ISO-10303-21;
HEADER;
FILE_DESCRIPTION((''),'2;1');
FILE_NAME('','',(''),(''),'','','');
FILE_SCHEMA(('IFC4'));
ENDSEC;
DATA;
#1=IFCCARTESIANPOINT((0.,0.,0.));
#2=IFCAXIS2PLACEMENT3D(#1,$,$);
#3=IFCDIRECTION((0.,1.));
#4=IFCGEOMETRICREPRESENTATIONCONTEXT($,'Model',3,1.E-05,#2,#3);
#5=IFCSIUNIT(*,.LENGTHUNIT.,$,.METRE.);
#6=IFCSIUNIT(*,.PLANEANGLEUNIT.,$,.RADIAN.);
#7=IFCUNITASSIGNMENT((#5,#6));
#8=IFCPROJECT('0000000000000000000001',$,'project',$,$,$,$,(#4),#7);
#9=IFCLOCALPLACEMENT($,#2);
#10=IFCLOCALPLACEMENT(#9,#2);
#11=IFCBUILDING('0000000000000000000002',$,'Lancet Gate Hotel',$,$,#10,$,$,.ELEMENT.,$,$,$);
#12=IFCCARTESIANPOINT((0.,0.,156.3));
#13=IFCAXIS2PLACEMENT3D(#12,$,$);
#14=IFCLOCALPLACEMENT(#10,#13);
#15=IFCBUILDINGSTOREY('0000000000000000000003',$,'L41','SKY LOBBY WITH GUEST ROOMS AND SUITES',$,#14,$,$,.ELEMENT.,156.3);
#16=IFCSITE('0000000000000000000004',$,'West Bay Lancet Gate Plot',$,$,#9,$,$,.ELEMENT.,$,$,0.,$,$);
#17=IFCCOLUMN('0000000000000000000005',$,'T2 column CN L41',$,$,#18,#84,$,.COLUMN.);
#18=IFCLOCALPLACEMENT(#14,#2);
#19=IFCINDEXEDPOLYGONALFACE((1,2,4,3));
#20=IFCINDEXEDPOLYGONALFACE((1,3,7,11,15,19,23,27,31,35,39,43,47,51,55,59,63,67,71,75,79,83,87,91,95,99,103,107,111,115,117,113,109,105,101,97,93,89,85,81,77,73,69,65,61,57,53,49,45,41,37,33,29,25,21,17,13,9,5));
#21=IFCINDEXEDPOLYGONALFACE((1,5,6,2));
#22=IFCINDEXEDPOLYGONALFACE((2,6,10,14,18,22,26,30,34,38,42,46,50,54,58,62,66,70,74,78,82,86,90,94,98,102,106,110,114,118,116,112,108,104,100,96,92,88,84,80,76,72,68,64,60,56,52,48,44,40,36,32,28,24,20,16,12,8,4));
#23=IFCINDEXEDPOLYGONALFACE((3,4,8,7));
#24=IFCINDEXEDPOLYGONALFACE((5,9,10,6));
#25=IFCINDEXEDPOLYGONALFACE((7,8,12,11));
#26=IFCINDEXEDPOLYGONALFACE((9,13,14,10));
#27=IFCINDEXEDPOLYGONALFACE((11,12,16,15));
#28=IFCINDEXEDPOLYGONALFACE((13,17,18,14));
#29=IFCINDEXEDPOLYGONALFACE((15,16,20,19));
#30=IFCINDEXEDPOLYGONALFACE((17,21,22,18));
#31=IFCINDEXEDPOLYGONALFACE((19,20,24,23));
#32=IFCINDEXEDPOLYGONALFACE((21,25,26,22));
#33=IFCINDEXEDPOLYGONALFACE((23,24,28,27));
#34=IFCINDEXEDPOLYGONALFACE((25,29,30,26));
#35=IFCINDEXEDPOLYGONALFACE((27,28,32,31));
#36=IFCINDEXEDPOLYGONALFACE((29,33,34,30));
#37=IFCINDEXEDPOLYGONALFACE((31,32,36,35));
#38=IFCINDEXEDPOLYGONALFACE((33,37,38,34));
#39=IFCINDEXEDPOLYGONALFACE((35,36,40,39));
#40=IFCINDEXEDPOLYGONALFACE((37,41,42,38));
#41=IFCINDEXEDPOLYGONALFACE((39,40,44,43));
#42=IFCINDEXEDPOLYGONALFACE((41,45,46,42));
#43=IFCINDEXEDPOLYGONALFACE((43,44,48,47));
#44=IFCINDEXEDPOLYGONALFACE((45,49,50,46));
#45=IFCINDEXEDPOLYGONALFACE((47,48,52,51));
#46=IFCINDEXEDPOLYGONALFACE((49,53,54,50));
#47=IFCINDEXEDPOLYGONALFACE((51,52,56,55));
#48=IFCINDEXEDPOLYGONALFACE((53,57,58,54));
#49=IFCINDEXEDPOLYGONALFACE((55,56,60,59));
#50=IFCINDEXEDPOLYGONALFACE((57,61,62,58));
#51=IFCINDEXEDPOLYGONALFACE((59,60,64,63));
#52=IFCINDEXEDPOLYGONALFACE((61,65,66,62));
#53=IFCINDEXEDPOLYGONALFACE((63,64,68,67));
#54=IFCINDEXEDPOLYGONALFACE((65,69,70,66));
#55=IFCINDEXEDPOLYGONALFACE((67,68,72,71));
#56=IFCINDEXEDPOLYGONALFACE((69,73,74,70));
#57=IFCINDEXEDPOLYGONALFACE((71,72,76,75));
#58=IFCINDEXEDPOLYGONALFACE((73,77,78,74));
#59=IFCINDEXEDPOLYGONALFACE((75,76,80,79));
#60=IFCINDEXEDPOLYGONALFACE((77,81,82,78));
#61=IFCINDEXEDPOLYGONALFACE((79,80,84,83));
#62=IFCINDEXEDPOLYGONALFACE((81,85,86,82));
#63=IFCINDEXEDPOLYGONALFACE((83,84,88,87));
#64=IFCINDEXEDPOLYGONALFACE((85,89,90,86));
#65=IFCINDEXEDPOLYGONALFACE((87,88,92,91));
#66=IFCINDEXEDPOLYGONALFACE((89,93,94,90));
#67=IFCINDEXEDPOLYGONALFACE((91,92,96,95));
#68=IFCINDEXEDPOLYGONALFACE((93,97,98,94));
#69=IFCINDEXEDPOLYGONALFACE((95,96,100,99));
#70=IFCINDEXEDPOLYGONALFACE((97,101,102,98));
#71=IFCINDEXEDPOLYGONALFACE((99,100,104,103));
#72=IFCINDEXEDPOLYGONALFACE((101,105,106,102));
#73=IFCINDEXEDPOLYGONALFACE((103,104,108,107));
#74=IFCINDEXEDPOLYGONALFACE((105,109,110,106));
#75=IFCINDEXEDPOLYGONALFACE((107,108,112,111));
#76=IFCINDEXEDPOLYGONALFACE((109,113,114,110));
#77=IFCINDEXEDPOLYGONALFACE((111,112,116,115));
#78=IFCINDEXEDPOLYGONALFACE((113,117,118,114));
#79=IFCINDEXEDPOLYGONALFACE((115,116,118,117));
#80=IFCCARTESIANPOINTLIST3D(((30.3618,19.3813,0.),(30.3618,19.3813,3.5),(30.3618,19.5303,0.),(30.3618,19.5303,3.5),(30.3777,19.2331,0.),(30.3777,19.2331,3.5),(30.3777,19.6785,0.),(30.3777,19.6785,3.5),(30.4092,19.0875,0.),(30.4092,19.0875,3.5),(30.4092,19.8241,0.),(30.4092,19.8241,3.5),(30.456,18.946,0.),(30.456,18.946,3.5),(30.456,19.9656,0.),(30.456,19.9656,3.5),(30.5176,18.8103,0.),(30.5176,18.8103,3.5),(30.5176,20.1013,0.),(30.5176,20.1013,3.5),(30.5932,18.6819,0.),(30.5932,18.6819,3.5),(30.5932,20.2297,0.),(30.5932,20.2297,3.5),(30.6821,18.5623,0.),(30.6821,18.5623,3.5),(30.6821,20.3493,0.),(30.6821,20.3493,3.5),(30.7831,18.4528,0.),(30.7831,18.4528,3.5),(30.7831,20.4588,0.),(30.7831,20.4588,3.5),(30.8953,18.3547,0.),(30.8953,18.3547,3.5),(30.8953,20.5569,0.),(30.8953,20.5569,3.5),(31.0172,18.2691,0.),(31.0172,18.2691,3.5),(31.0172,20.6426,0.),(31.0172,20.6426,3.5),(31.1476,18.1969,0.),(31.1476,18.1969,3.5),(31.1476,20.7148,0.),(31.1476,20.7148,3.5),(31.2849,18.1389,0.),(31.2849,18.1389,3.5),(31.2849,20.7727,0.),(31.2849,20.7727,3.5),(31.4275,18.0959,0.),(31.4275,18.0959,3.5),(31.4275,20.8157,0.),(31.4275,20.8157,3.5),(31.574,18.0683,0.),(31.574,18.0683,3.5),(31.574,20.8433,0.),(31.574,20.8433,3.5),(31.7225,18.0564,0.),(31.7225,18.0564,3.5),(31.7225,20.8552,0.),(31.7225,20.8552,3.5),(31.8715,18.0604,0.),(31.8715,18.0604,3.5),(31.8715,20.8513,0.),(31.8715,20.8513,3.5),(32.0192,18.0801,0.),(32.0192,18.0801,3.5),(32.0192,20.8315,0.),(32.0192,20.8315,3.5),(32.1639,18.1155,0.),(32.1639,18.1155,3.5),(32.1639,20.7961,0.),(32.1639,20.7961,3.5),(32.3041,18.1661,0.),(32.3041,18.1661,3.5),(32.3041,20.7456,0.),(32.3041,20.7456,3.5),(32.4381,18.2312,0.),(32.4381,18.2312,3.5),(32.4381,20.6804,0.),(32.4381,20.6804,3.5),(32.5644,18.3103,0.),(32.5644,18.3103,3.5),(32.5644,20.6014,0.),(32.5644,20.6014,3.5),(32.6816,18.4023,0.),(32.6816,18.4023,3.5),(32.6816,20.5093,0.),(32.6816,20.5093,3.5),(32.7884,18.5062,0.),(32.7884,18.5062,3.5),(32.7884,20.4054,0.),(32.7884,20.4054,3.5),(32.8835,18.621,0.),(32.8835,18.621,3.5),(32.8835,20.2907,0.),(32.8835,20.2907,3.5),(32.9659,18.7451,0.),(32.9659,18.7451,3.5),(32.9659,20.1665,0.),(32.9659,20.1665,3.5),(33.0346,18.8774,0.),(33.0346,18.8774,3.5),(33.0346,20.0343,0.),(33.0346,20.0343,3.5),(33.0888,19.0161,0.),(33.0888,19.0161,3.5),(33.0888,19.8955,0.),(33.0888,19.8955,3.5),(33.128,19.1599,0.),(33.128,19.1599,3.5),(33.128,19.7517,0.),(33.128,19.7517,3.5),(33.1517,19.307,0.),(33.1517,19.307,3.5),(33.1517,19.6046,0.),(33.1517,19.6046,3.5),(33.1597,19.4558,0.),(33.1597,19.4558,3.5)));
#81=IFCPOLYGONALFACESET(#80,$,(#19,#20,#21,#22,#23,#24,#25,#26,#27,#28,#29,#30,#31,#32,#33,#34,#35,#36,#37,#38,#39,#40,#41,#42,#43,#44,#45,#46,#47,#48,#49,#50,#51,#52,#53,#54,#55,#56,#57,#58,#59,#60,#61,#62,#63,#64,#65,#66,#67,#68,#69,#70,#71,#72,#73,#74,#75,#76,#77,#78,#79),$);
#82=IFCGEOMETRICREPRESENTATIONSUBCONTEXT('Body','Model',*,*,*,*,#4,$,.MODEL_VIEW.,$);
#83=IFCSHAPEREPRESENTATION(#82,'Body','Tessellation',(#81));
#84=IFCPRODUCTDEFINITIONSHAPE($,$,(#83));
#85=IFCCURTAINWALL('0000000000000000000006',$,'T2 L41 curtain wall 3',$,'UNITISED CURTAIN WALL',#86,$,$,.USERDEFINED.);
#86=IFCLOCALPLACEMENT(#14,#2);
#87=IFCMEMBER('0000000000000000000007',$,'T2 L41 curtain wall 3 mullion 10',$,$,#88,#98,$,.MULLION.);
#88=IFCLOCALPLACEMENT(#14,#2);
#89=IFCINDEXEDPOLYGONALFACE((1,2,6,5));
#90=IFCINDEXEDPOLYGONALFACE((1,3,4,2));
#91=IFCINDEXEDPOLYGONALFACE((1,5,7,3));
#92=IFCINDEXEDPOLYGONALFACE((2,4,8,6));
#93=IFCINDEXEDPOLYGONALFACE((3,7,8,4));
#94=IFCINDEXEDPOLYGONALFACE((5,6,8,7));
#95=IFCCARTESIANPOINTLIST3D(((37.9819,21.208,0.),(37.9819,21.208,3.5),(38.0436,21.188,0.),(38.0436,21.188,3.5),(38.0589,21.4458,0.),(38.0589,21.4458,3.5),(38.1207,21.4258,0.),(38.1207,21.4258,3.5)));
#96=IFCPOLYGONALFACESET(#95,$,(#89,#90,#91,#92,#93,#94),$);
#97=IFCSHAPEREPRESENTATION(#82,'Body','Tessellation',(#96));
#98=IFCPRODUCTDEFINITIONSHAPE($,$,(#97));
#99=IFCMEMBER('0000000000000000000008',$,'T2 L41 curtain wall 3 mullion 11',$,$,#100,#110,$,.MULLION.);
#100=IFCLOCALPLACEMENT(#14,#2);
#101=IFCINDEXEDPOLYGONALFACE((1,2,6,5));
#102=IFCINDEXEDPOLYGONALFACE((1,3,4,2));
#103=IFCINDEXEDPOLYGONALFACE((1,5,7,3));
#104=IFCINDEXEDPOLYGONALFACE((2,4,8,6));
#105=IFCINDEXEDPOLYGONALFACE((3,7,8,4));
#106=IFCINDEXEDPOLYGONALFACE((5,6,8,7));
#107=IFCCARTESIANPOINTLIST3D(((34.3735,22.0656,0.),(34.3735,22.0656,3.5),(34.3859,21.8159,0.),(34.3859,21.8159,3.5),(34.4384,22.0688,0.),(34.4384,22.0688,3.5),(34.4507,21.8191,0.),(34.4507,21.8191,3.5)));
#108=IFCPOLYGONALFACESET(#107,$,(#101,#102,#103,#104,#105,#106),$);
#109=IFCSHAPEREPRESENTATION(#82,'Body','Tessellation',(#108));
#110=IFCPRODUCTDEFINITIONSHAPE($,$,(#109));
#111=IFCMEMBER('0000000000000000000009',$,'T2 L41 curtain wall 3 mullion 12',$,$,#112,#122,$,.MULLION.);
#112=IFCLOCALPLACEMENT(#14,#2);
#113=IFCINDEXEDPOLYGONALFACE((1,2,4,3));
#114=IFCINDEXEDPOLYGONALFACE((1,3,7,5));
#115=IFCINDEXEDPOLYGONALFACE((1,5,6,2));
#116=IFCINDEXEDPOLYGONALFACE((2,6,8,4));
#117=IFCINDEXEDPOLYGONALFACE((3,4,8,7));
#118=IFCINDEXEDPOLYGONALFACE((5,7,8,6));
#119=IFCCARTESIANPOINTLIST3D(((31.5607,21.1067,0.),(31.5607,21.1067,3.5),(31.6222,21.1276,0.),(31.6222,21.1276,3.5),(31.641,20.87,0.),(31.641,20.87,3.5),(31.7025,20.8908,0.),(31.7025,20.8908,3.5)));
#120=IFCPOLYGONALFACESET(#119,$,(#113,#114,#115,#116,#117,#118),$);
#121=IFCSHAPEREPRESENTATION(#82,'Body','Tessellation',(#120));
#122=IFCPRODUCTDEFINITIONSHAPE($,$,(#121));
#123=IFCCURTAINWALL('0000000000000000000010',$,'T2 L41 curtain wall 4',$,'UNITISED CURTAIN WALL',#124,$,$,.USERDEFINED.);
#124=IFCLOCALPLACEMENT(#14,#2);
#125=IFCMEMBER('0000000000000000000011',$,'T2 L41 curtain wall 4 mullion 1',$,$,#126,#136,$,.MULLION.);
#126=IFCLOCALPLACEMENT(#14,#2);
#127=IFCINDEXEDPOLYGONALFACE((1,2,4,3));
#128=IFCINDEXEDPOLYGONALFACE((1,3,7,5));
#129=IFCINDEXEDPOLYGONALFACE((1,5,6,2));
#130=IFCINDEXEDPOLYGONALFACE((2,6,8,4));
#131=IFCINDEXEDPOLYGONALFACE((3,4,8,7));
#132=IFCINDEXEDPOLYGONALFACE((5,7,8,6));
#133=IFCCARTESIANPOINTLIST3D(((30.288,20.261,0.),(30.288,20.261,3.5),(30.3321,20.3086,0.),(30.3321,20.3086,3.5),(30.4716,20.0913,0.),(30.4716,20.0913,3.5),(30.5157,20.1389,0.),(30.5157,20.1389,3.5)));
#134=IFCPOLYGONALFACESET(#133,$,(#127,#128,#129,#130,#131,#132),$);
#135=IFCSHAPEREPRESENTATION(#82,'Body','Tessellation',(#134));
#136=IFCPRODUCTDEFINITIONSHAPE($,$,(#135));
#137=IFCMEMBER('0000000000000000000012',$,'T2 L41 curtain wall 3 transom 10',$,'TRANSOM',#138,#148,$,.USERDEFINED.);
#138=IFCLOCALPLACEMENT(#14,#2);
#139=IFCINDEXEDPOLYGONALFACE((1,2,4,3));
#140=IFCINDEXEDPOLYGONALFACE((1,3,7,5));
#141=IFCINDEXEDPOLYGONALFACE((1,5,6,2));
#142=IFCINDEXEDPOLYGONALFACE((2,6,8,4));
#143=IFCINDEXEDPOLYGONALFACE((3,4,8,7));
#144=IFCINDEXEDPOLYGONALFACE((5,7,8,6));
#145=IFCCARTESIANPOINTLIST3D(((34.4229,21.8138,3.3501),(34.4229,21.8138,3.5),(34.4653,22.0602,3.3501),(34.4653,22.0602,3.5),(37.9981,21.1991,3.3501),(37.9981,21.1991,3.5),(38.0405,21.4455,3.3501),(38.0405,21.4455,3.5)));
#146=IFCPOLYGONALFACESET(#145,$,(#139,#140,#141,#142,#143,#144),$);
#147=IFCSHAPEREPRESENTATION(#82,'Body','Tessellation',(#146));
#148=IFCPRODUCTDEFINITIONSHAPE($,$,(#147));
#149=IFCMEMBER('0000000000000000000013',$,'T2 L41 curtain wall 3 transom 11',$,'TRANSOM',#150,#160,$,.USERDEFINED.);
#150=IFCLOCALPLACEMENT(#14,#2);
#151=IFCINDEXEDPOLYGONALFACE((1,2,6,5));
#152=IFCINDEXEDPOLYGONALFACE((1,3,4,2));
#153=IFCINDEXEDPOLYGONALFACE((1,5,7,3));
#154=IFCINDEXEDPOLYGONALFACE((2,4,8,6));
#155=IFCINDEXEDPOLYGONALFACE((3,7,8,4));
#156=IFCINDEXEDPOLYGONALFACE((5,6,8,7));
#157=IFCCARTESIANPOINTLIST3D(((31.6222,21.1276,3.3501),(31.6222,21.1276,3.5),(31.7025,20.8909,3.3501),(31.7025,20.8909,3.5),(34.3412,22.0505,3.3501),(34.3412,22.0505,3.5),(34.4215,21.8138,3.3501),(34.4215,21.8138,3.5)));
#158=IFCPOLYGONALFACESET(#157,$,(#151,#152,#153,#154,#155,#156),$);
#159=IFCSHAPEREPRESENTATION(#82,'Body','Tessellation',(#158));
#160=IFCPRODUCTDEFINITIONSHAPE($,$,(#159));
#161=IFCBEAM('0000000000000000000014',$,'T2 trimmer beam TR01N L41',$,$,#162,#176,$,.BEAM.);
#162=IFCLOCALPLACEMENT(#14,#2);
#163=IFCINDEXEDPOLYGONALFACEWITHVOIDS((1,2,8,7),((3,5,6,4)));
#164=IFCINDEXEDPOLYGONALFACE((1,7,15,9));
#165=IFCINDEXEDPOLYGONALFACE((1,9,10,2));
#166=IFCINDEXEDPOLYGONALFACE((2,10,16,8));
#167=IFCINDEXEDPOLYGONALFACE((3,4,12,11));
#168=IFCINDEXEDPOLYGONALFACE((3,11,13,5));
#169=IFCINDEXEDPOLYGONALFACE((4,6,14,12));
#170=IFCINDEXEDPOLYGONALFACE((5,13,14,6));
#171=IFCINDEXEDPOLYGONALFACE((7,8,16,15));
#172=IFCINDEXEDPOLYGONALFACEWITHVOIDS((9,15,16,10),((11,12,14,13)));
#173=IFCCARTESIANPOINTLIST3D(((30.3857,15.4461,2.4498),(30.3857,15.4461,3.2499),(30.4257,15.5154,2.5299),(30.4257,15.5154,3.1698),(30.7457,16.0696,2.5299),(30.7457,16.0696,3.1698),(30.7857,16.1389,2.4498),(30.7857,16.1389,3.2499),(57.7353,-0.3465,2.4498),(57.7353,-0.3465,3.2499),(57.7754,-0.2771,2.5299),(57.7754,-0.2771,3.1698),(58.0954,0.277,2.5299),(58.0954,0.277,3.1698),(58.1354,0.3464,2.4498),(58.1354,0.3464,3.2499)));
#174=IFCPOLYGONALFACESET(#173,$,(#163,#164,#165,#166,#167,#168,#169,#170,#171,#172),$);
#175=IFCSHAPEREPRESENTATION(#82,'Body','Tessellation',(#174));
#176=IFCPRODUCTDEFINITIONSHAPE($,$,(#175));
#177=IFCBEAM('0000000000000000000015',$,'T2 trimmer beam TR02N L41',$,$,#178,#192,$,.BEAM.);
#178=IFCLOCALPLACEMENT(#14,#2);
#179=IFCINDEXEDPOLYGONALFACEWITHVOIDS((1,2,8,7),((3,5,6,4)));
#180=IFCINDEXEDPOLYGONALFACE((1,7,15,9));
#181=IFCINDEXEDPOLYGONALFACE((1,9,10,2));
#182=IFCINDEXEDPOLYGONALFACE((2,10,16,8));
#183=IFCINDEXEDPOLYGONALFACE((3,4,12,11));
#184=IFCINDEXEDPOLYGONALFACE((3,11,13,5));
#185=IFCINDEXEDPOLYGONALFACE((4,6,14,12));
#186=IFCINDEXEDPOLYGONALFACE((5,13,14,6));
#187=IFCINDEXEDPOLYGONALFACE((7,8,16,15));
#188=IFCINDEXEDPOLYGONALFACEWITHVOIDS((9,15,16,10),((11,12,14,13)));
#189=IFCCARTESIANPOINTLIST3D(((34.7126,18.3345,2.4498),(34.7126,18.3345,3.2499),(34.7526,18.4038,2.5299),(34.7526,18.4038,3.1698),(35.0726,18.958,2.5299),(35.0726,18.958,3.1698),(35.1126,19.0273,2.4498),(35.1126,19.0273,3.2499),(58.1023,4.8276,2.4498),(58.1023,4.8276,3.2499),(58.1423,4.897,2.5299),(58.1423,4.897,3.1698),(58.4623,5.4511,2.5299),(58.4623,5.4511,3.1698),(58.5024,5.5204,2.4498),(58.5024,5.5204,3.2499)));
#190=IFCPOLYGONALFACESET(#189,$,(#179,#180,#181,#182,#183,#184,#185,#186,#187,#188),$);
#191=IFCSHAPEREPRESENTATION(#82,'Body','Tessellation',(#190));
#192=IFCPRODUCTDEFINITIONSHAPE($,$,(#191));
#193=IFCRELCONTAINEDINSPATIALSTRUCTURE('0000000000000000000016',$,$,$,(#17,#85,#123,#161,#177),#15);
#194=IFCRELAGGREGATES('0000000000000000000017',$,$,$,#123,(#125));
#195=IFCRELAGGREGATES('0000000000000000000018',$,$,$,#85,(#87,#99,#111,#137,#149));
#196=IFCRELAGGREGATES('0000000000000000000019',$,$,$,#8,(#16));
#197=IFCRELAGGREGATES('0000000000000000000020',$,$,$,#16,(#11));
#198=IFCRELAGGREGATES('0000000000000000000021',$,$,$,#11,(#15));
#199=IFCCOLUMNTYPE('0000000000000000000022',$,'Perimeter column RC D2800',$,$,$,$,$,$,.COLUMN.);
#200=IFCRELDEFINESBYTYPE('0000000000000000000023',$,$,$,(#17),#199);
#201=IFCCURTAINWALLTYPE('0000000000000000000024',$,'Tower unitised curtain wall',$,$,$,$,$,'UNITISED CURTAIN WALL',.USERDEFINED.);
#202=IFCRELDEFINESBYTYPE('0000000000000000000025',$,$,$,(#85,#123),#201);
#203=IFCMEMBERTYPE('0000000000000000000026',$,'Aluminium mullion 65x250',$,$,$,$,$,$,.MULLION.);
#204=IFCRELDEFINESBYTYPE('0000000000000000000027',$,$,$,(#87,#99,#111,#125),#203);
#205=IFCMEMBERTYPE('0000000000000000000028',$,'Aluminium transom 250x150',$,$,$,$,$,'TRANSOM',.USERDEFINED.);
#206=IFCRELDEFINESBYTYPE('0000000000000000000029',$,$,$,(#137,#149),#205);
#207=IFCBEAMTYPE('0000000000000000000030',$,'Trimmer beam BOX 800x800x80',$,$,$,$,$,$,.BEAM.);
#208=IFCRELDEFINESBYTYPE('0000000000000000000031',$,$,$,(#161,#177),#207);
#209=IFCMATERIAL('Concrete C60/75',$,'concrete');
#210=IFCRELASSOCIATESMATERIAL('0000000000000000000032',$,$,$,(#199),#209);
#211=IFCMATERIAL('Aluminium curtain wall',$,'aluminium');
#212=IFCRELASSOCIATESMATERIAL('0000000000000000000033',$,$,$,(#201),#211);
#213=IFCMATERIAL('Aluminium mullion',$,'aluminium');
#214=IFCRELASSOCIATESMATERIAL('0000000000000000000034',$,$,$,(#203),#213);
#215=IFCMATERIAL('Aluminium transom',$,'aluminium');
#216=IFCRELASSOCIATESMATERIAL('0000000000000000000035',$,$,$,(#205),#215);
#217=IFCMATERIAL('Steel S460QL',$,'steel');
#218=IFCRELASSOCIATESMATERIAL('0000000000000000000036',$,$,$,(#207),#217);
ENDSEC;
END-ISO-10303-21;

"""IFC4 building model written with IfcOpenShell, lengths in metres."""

from ifc_helpers import new_model, si_unit, direction, frame, origin, origin_2d, place, context, subcontext, project, spatial, rectangle, hollow_rectangle, circle, extrude, material, material_profile, profile_set, type_object, element, aggregate, save


model = new_model("IFC4")

# Units and contexts
model_context = context("Model", 3, precision=1e-05, world=origin(), true_north=direction((0.0, 1.0)))
body_context = subcontext(model_context, "Body", "Model", "MODEL_VIEW")
ifc_project = project(units=[si_unit("LENGTHUNIT", "METRE"), si_unit("PLANEANGLEUNIT", "RADIAN")], contexts=[model_context])

# Site, building, storey
site_placement = place(None, origin())
site = spatial("IfcSite", under=ifc_project, at=site_placement, Name="West Bay Lancet Gate Plot", CompositionType="ELEMENT", RefElevation=0.0)
building_placement = place(site_placement, origin())
building = spatial("IfcBuilding", under=site, at=building_placement, Name="Lancet Gate Hotel", CompositionType="ELEMENT")
storey_placement = place(building_placement, frame((0.0, 0.0, 156.3)))
storey = spatial("IfcBuildingStorey", under=building, at=storey_placement, Name="L41", Description="SKY LOBBY WITH GUEST ROOMS AND SUITES", CompositionType="ELEMENT", Elevation=156.3)

# Column
ifc_material_1 = material(Name="Concrete C60/75", Category="concrete")
ifc_material_profile_1 = material_profile(ifc_material_1, circle(Radius=1.3999, at=origin_2d()), Name="RC D2800")
ifc_profile_set_1 = profile_set([ifc_material_profile_1], Name="Concrete C60/75")
column_type = type_object("IfcColumnType", Name="Perimeter column RC D2800", PredefinedType="COLUMN", material=ifc_profile_set_1)
column_placement = place(storey_placement, frame((31.7598, 19.4558, 0.0), z_axis=(0.0, 0.0, 1.0), x_axis=(1.0, 0.0, 0.0)))
element("IfcColumn", 1, at=column_placement, inside=storey, type_object=column_type, Name="T2 column CN L41", PredefinedType="COLUMN", context=body_context, shape_type="SweptSolid", body=[
    extrude(circle(Radius=1.3999, at=origin_2d()), origin(), (0.0, 0.0, 1.0), 3.5),
])

# Curtain wall, members
ifc_material_2 = material(Name="Aluminium curtain wall", Category="aluminium")
curtain_wall_type = type_object("IfcCurtainWallType", Name="Tower unitised curtain wall", ElementType="UNITISED CURTAIN WALL", PredefinedType="USERDEFINED", material=ifc_material_2)
curtain_wall_1_placement = place(storey_placement, origin())
curtain_wall_1 = element("IfcCurtainWall", 2, at=curtain_wall_1_placement, inside=storey, type_object=curtain_wall_type, Name="T2 L41 curtain wall 3", ObjectType="UNITISED CURTAIN WALL", PredefinedType="USERDEFINED")
ifc_material_3 = material(Name="Aluminium mullion", Category="aluminium")
ifc_material_profile_2 = material_profile(ifc_material_3, rectangle(XDim=0.0649, YDim=0.25, at=origin_2d()), Name="MULLION 65x250")
ifc_profile_set_2 = profile_set([ifc_material_profile_2], Name="Aluminium mullion")
member_type_1 = type_object("IfcMemberType", Name="Aluminium mullion 65x250", PredefinedType="MULLION", material=ifc_profile_set_2)
member_1_placement = place(storey_placement, frame((38.0513, 21.3169, 0.0), z_axis=(0.0, 0.0, 1.0), x_axis=(-0.951355, 0.308095, 0.0)))
member_1 = element("IfcMember", 3, at=member_1_placement, type_object=member_type_1, Name="T2 L41 curtain wall 3 mullion 10", PredefinedType="MULLION", context=body_context, shape_type="SweptSolid", body=[
    extrude(rectangle(XDim=0.0649, YDim=0.25, at=origin_2d()), origin(), (0.0, 0.0, 1.0), 3.5),
])
member_2_placement = place(storey_placement, frame((34.4121, 21.9424, 0.0), z_axis=(0.0, 0.0, 1.0), x_axis=(-0.998776, -0.049471, 0.0)))
member_2 = element("IfcMember", 4, at=member_2_placement, type_object=member_type_1, Name="T2 L41 curtain wall 3 mullion 11", PredefinedType="MULLION", context=body_context, shape_type="SweptSolid", body=[
    extrude(rectangle(XDim=0.0649, YDim=0.25, at=origin_2d()), origin(), (0.0, 0.0, 1.0), 3.5),
])
member_3_placement = place(storey_placement, frame((31.6316, 20.9988, 0.0), z_axis=(0.0, 0.0, 1.0), x_axis=(-0.946952, -0.321374, 0.0)))
member_3 = element("IfcMember", 5, at=member_3_placement, type_object=member_type_1, Name="T2 L41 curtain wall 3 mullion 12", PredefinedType="MULLION", context=body_context, shape_type="SweptSolid", body=[
    extrude(rectangle(XDim=0.0649, YDim=0.25, at=origin_2d()), origin(), (0.0, 0.0, 1.0), 3.5),
])

# Curtain wall, member
curtain_wall_2_placement = place(storey_placement, origin())
curtain_wall_2 = element("IfcCurtainWall", 6, at=curtain_wall_2_placement, inside=storey, type_object=curtain_wall_type, Name="T2 L41 curtain wall 4", ObjectType="UNITISED CURTAIN WALL", PredefinedType="USERDEFINED")
member_4_placement = place(storey_placement, frame((30.4019, 20.2, 0.0), z_axis=(0.0, 0.0, 1.0), x_axis=(-0.678831, -0.734294, 0.0)))
member_4 = element("IfcMember", 7, at=member_4_placement, type_object=member_type_1, Name="T2 L41 curtain wall 4 mullion 1", PredefinedType="MULLION", context=body_context, shape_type="SweptSolid", body=[
    extrude(rectangle(XDim=0.0649, YDim=0.25, at=origin_2d()), origin(), (0.0, 0.0, 1.0), 3.5),
])
aggregate(curtain_wall_2, [member_4])

# Members
ifc_material_4 = material(Name="Aluminium transom", Category="aluminium")
ifc_material_profile_3 = material_profile(ifc_material_4, rectangle(XDim=0.25, YDim=0.1499, at=origin_2d()), Name="TRANSOM 250x150")
ifc_profile_set_3 = profile_set([ifc_material_profile_3], Name="Aluminium transom")
member_type_2 = type_object("IfcMemberType", Name="Aluminium transom 250x150", ElementType="TRANSOM", PredefinedType="USERDEFINED", material=ifc_profile_set_3)
member_5_placement = place(storey_placement, frame((38.0193, 21.3223, 3.425), z_axis=(-0.985537, 0.169461, 0.0), x_axis=(-0.169461, -0.985537, 0.0)))
member_5 = element("IfcMember", 8, at=member_5_placement, type_object=member_type_2, Name="T2 L41 curtain wall 3 transom 10", ObjectType="TRANSOM", PredefinedType="USERDEFINED", context=body_context, shape_type="SweptSolid", body=[
    extrude(rectangle(XDim=0.25, YDim=0.1499, at=origin_2d()), origin(), (0.0, 0.0, 1.0), 3.6277),
])
member_6_placement = place(storey_placement, frame((34.3813, 21.9321, 3.425), z_axis=(-0.946943, -0.321401, 0.0), x_axis=(0.321401, -0.946943, 0.0)))
member_6 = element("IfcMember", 9, at=member_6_placement, type_object=member_type_2, Name="T2 L41 curtain wall 3 transom 11", ObjectType="TRANSOM", PredefinedType="USERDEFINED", context=body_context, shape_type="SweptSolid", body=[
    extrude(rectangle(XDim=0.25, YDim=0.1499, at=origin_2d()), origin(), (0.0, 0.0, 1.0), 2.8713),
])

# Beams
ifc_material_5 = material(Name="Steel S460QL", Category="steel")
ifc_material_profile_4 = material_profile(ifc_material_5, hollow_rectangle(XDim=0.8, YDim=0.8, WallThickness=0.0801, at=origin_2d()), Name="BOX 800x800x80")
ifc_profile_set_4 = profile_set([ifc_material_profile_4], Name="Steel S460QL")
beam_type = type_object("IfcBeamType", Name="Trimmer beam BOX 800x800x80", PredefinedType="BEAM", material=ifc_profile_set_4)
beam_1_placement = place(storey_placement, frame((30.5857, 15.7925, 2.8499), z_axis=(0.865996, -0.500052, 0.0), x_axis=(0.500052, 0.865996, 0.0)))
element("IfcBeam", 10, at=beam_1_placement, inside=storey, type_object=beam_type, Name="T2 trimmer beam TR01N L41", PredefinedType="BEAM", context=body_context, shape_type="SweptSolid", body=[
    extrude(hollow_rectangle(XDim=0.8, YDim=0.8, WallThickness=0.0801, at=origin_2d()), origin(), (0.0, 0.0, 1.0), 31.5818),
])
beam_2_placement = place(storey_placement, frame((34.9126, 18.6809, 2.8499), z_axis=(0.86598, -0.500078, 0.0), x_axis=(0.500078, 0.86598, 0.0)))
element("IfcBeam", 11, at=beam_2_placement, inside=storey, type_object=beam_type, Name="T2 trimmer beam TR02N L41", PredefinedType="BEAM", context=body_context, shape_type="SweptSolid", body=[
    extrude(hollow_rectangle(XDim=0.8, YDim=0.8, WallThickness=0.0801, at=origin_2d()), origin(), (0.0, 0.0, 1.0), 27.0095),
])

aggregate(curtain_wall_1, [member_1, member_2, member_3, member_5, member_6])

save(model, "model.ifc")
